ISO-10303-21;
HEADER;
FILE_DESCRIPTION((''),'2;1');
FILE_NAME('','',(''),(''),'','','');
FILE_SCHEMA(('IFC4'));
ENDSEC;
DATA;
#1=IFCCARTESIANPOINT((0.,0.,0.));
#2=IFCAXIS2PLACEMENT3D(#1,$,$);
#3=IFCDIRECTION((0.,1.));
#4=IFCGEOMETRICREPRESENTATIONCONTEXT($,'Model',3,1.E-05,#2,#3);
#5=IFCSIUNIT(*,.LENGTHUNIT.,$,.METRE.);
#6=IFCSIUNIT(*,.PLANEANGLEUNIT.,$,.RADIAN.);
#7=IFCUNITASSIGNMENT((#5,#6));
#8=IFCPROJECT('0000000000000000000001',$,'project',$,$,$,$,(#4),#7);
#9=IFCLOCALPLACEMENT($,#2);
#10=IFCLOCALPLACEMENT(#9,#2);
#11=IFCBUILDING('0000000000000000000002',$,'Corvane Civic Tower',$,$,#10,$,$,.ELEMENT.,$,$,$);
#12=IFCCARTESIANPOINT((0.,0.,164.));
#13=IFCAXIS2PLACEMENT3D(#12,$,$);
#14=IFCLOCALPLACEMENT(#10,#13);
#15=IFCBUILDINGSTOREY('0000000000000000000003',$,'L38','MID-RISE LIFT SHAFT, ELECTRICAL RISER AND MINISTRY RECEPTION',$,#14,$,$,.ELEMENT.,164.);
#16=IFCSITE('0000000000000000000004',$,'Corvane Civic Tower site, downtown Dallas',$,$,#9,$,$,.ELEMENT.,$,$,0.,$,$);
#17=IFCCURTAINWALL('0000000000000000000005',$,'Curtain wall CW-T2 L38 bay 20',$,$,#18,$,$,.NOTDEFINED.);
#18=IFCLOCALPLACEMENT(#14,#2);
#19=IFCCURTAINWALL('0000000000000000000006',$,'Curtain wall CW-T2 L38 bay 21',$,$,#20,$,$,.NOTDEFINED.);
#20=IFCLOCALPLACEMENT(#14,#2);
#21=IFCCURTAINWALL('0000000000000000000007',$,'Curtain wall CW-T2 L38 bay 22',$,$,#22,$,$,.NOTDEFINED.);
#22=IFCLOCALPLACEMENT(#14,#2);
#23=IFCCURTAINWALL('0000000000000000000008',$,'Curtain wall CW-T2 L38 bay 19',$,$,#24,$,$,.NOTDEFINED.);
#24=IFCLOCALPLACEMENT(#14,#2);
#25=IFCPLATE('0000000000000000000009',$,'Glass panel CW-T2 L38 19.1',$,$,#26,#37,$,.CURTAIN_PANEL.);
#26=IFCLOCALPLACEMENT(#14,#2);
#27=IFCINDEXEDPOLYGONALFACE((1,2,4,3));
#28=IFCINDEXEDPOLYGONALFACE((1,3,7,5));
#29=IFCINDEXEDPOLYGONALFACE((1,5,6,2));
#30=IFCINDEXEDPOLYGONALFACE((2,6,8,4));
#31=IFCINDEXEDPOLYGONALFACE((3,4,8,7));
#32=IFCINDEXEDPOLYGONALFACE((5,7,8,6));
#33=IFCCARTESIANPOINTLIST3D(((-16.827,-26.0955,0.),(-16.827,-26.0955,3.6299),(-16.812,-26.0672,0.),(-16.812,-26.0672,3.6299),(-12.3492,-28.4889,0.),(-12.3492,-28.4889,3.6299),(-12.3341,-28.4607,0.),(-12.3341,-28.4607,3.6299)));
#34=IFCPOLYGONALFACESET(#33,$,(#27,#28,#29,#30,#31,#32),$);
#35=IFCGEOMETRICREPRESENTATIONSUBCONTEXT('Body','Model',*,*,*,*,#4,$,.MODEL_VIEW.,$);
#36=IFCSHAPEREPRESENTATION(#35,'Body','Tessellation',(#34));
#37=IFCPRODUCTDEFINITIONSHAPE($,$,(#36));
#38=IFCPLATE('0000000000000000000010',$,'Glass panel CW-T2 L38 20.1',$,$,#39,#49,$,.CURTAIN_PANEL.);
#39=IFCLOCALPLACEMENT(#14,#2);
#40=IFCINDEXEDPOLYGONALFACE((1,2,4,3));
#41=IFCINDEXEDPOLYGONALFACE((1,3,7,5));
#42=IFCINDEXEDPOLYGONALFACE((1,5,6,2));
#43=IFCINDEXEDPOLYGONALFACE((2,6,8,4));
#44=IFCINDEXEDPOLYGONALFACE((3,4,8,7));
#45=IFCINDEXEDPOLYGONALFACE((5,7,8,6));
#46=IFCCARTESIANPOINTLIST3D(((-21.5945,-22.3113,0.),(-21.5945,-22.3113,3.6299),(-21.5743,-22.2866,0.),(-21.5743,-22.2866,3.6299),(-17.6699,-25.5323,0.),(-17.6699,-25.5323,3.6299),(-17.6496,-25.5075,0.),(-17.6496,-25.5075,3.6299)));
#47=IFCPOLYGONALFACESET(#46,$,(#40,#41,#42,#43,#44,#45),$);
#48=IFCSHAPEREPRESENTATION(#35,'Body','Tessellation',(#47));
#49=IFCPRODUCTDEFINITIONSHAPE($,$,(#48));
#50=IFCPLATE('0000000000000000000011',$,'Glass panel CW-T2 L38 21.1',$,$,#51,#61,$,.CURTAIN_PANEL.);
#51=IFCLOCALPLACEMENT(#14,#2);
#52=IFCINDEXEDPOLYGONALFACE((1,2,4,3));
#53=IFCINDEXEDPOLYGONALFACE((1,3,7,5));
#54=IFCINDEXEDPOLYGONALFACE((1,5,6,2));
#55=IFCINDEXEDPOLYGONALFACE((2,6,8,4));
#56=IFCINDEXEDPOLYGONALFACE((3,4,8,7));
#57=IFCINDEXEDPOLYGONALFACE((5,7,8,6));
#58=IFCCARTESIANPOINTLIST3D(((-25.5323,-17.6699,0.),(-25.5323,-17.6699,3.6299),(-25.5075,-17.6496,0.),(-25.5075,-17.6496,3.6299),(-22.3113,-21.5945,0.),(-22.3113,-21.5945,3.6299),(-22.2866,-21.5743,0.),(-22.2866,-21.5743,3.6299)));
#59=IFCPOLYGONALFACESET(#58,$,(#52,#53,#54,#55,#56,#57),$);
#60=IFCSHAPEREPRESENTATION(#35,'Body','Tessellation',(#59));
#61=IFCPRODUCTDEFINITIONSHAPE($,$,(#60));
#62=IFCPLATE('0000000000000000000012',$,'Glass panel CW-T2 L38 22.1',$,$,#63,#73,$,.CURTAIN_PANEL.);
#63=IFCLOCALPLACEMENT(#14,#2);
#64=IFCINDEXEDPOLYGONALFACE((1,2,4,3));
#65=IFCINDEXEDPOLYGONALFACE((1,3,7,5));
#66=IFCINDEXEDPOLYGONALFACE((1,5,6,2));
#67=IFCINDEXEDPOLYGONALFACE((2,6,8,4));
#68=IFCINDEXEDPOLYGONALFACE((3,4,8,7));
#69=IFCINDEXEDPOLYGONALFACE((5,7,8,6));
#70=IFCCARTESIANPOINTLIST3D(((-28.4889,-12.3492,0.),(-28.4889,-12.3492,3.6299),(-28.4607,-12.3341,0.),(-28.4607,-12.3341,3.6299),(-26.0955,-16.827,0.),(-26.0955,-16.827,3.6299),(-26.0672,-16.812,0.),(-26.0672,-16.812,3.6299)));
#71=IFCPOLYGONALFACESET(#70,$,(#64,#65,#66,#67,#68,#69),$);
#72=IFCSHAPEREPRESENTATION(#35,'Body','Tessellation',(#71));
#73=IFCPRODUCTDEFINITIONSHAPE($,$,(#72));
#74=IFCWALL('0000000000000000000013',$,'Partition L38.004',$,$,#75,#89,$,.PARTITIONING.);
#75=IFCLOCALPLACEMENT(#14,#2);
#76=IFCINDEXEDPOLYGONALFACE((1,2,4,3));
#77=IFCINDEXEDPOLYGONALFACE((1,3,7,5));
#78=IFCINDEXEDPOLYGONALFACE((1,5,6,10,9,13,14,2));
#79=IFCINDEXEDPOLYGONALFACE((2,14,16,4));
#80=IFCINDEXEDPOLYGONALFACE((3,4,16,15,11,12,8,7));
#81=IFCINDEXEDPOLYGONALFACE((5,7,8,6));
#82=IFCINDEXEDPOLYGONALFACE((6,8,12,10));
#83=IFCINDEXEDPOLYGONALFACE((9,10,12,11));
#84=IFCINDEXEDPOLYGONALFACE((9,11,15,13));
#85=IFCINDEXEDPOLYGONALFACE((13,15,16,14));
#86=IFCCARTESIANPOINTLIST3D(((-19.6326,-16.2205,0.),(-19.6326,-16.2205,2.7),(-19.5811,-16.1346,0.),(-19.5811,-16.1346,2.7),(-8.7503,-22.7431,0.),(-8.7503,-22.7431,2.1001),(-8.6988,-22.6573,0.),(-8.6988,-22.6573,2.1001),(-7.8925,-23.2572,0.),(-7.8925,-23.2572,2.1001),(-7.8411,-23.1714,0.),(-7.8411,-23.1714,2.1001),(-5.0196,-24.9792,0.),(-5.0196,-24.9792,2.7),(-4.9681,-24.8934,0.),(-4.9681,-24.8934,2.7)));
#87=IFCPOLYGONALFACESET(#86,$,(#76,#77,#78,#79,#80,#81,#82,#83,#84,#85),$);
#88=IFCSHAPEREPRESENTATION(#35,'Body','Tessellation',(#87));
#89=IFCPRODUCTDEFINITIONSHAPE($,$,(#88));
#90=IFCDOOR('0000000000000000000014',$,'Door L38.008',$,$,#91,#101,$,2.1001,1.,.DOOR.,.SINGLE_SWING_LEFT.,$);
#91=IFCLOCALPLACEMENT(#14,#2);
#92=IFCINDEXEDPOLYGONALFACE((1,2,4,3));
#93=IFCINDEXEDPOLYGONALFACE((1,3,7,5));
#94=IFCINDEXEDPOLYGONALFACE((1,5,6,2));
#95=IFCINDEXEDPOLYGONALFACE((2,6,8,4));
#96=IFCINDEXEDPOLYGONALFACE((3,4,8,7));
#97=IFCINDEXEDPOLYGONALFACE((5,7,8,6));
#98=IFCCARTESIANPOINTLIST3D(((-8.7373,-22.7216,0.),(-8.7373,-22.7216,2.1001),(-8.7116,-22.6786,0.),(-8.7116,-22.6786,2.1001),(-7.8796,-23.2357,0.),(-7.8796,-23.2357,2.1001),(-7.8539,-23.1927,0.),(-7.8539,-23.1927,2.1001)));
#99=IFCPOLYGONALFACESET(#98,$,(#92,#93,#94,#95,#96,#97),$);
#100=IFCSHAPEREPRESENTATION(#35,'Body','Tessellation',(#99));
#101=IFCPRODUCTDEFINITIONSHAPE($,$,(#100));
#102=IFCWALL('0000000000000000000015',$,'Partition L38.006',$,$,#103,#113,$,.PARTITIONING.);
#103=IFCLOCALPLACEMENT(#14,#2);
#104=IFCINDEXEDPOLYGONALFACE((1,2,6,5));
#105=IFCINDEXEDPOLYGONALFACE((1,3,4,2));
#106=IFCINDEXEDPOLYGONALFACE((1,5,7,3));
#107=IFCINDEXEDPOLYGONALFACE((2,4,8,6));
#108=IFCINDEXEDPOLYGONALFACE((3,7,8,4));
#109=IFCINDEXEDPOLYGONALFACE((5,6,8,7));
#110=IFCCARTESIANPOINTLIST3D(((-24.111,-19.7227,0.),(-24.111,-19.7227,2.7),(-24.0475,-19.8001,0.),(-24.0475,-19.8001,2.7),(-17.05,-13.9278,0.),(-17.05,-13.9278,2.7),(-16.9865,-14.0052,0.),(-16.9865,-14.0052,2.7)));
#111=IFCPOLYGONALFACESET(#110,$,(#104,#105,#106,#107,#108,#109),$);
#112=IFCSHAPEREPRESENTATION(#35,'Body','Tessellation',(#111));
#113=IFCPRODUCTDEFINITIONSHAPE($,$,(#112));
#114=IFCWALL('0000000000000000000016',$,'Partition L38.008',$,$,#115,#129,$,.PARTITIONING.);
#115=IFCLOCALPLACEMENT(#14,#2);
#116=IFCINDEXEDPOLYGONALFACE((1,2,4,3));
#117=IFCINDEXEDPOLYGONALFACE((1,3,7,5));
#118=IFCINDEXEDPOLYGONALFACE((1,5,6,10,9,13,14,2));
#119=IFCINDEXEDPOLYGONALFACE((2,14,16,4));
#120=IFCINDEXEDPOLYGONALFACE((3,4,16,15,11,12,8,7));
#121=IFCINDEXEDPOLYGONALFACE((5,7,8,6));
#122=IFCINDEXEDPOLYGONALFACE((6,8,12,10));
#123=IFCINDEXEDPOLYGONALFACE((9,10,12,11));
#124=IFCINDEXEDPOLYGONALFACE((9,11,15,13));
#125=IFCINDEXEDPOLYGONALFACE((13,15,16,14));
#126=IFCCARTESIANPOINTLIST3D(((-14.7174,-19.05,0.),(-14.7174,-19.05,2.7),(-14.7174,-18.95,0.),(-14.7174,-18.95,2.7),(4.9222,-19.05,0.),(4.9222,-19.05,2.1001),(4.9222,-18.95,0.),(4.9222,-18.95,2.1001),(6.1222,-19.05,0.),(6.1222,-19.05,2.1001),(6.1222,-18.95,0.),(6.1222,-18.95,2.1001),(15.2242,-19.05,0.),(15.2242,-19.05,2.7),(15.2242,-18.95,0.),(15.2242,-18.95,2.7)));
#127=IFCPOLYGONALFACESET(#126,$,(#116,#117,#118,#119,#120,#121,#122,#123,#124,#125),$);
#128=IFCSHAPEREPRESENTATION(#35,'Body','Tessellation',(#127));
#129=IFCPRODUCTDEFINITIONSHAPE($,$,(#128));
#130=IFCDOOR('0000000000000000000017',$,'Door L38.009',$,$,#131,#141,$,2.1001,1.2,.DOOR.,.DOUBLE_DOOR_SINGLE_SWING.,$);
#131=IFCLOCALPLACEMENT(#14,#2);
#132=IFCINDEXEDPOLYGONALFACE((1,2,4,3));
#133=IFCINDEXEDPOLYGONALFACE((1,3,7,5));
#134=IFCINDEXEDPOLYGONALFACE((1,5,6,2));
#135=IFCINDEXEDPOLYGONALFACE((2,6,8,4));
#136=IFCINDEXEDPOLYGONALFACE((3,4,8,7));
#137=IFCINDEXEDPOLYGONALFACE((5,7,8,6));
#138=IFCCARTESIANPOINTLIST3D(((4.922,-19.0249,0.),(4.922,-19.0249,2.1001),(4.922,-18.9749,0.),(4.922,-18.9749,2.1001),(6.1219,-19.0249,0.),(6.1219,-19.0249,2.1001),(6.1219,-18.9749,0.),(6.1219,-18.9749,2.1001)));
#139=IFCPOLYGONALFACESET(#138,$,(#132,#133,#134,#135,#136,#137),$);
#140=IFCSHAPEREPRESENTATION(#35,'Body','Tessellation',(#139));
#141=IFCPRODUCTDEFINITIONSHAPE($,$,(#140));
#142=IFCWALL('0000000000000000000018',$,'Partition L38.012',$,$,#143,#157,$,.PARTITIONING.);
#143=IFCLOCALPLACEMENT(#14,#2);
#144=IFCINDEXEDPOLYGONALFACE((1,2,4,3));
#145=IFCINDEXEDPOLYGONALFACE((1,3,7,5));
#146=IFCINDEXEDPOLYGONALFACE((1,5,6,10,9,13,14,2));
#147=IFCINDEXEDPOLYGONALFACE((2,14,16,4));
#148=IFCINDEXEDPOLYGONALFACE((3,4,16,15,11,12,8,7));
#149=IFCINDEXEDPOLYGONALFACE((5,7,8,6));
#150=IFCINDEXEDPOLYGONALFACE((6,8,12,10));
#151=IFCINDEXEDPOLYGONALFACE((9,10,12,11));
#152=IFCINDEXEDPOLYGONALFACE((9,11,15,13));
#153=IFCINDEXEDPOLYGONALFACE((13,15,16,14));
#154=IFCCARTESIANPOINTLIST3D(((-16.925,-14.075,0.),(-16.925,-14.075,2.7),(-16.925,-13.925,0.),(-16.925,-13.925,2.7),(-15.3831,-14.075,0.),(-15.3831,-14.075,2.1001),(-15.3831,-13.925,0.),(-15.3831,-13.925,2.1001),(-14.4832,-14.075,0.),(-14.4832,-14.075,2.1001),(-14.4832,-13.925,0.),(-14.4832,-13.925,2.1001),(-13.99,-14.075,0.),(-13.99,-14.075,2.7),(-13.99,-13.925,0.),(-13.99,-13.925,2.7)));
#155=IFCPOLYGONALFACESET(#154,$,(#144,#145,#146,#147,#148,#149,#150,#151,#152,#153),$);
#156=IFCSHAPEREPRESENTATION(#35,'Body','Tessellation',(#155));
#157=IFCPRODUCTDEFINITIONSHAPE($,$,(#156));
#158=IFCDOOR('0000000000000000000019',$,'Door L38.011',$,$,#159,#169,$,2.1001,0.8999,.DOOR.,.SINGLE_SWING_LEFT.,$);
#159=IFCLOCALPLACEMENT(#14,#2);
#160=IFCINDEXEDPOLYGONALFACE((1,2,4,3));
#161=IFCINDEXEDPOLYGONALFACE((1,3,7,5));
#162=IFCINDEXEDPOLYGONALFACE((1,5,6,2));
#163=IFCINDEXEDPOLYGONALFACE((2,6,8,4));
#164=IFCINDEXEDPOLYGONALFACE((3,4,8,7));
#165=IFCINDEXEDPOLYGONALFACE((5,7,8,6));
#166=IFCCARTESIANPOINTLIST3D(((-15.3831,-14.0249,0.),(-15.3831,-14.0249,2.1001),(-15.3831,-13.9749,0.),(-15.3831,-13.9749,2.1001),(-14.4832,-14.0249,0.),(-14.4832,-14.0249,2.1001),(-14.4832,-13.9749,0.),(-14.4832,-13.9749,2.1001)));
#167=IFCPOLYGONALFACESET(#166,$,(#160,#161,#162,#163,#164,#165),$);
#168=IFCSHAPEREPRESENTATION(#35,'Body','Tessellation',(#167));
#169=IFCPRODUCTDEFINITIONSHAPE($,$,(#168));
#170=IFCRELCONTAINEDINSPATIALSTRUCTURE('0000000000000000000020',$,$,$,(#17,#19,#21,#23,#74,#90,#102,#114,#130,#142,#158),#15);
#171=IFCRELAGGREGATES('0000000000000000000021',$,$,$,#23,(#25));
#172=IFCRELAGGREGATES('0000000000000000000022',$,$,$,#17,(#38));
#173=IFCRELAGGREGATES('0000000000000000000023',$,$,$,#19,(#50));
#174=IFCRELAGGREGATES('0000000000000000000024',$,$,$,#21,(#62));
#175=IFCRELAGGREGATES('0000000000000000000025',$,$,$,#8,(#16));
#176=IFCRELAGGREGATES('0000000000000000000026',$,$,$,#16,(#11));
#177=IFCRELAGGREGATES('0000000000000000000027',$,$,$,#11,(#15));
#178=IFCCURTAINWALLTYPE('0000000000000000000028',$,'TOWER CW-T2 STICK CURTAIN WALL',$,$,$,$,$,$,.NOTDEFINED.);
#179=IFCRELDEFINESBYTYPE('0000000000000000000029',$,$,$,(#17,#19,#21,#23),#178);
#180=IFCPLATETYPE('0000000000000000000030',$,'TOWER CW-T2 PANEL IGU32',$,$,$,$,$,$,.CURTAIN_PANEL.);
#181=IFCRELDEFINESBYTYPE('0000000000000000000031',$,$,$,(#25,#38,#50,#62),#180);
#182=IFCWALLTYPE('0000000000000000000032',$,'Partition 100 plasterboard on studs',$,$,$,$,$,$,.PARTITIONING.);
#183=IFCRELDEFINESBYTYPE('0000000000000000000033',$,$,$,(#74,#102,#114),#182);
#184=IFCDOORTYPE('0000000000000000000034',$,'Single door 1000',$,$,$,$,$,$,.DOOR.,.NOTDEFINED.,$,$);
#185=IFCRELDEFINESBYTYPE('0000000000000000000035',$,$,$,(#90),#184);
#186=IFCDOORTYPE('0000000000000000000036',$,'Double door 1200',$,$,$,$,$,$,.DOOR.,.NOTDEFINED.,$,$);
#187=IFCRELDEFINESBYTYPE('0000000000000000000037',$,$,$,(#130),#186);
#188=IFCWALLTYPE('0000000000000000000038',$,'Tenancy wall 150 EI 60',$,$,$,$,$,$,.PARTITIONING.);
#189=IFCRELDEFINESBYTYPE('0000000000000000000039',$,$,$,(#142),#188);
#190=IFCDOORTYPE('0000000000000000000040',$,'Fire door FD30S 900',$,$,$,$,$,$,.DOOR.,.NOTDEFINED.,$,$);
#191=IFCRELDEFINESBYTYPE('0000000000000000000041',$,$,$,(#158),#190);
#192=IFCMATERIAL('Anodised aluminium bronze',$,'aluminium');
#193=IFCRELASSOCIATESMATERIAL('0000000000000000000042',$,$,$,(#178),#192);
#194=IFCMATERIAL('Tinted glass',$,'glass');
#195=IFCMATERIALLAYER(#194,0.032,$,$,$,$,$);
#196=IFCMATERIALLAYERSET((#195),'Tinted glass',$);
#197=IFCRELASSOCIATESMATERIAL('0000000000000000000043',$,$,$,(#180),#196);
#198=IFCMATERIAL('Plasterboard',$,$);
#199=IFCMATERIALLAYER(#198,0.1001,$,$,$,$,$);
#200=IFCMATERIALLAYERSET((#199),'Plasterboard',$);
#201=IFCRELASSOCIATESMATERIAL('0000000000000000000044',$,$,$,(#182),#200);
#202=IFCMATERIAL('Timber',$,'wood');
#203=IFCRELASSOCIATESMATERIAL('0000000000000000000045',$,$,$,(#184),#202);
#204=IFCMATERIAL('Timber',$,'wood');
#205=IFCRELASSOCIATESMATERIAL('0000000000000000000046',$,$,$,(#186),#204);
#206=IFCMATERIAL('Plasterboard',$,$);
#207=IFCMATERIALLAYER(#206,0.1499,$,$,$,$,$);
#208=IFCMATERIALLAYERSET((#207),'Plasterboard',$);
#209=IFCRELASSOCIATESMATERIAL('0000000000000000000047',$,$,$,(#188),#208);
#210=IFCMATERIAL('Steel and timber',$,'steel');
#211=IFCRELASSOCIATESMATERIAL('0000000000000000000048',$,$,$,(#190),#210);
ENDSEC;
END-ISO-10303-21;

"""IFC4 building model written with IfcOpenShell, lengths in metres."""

from ifc_helpers import new_model, si_unit, direction, frame, frame_2d, origin, origin_2d, place, context, subcontext, project, spatial, rectangle, extrude, material, layer, layer_set, type_object, element, fill, aggregate, save


model = new_model("IFC4")

# Units and contexts
model_context = context("Model", 3, precision=1e-05, world=origin(), true_north=direction((0.0, 1.0)))
body_context = subcontext(model_context, "Body", "Model", "MODEL_VIEW")
ifc_project = project(units=[si_unit("LENGTHUNIT", "METRE"), si_unit("PLANEANGLEUNIT", "RADIAN")], contexts=[model_context])

# Site, building, storey
site_placement = place(None, origin())
site = spatial("IfcSite", under=ifc_project, at=site_placement, Name="Corvane Civic Tower site, downtown Dallas", CompositionType="ELEMENT", RefElevation=0.0)
building_placement = place(site_placement, origin())
building = spatial("IfcBuilding", under=site, at=building_placement, Name="Corvane Civic Tower", CompositionType="ELEMENT")
storey_placement = place(building_placement, frame((0.0, 0.0, 164.0)))
storey = spatial("IfcBuildingStorey", under=building, at=storey_placement, Name="L38", Description="MID-RISE LIFT SHAFT, ELECTRICAL RISER AND MINISTRY RECEPTION", CompositionType="ELEMENT", Elevation=164.0)

# Curtain walls
ifc_material_1 = material(Name="Anodised aluminium bronze", Category="aluminium")
curtain_wall_type = type_object("IfcCurtainWallType", Name="TOWER CW-T2 STICK CURTAIN WALL", PredefinedType="NOTDEFINED", material=ifc_material_1)
curtain_wall_1_placement = place(storey_placement, origin())
curtain_wall_1 = element("IfcCurtainWall", 1, at=curtain_wall_1_placement, inside=storey, type_object=curtain_wall_type, Name="Curtain wall CW-T2 L38 bay 20", PredefinedType="NOTDEFINED")
curtain_wall_2_placement = place(storey_placement, origin())
curtain_wall_2 = element("IfcCurtainWall", 2, at=curtain_wall_2_placement, inside=storey, type_object=curtain_wall_type, Name="Curtain wall CW-T2 L38 bay 21", PredefinedType="NOTDEFINED")
curtain_wall_3_placement = place(storey_placement, origin())
curtain_wall_3 = element("IfcCurtainWall", 3, at=curtain_wall_3_placement, inside=storey, type_object=curtain_wall_type, Name="Curtain wall CW-T2 L38 bay 22", PredefinedType="NOTDEFINED")

# Curtain wall, plate
curtain_wall_4_placement = place(storey_placement, origin())
curtain_wall_4 = element("IfcCurtainWall", 4, at=curtain_wall_4_placement, inside=storey, type_object=curtain_wall_type, Name="Curtain wall CW-T2 L38 bay 19", PredefinedType="NOTDEFINED")
ifc_material_2 = material(Name="Tinted glass", Category="glass")
ifc_layer_1 = layer(ifc_material_2, 0.032)
ifc_layer_set_1 = layer_set([ifc_layer_1], Name="Tinted glass")
plate_type = type_object("IfcPlateType", Name="TOWER CW-T2 PANEL IGU32", PredefinedType="CURTAIN_PANEL", material=ifc_layer_set_1)
plate_1_placement = place(storey_placement, frame((-14.5806, -27.2781, 0.0), z_axis=(0.0, 0.0, 1.0), x_axis=(-0.881922, 0.471395, 0.0)))
plate_1 = element("IfcPlate", 5, at=plate_1_placement, type_object=plate_type, Name="Glass panel CW-T2 L38 19.1", PredefinedType="CURTAIN_PANEL", context=body_context, shape_type="SweptSolid", body=[
    extrude(rectangle(XDim=5.0774, YDim=0.032, at=origin_2d()), origin(), (0.0, 0.0, 1.0), 3.6299),
])
aggregate(curtain_wall_4, [plate_1])

# Plates
plate_2_placement = place(storey_placement, frame((-19.6221, -23.9094, 0.0), z_axis=(0.0, 0.0, 1.0), x_axis=(-0.773005, 0.6344, 0.0)))
plate_2 = element("IfcPlate", 6, at=plate_2_placement, type_object=plate_type, Name="Glass panel CW-T2 L38 20.1", PredefinedType="CURTAIN_PANEL", context=body_context, shape_type="SweptSolid", body=[
    extrude(rectangle(XDim=5.0771, YDim=0.032, at=origin_2d()), origin(), (0.0, 0.0, 1.0), 3.6299),
])
aggregate(curtain_wall_1, [plate_2])
plate_3_placement = place(storey_placement, frame((-23.9094, -19.6221, 0.0), z_axis=(0.0, 0.0, 1.0), x_axis=(-0.6344, 0.773005, 0.0)))
plate_3 = element("IfcPlate", 7, at=plate_3_placement, type_object=plate_type, Name="Glass panel CW-T2 L38 21.1", PredefinedType="CURTAIN_PANEL", context=body_context, shape_type="SweptSolid", body=[
    extrude(rectangle(XDim=5.0771, YDim=0.032, at=origin_2d()), origin(), (0.0, 0.0, 1.0), 3.6299),
])
aggregate(curtain_wall_2, [plate_3])
plate_4_placement = place(storey_placement, frame((-27.2781, -14.5806, 0.0), z_axis=(0.0, 0.0, 1.0), x_axis=(-0.471395, 0.881922, 0.0)))
plate_4 = element("IfcPlate", 8, at=plate_4_placement, type_object=plate_type, Name="Glass panel CW-T2 L38 22.1", PredefinedType="CURTAIN_PANEL", context=body_context, shape_type="SweptSolid", body=[
    extrude(rectangle(XDim=5.0774, YDim=0.032, at=origin_2d()), origin(), (0.0, 0.0, 1.0), 3.6299),
])
aggregate(curtain_wall_3, [plate_4])

# Wall, opening, door
ifc_material_3 = material(Name="Plasterboard")
ifc_layer_2 = layer(ifc_material_3, 0.1001)
ifc_layer_set_2 = layer_set([ifc_layer_2], Name="Plasterboard")
wall_type_1 = type_object("IfcWallType", Name="Partition 100 plasterboard on studs", PredefinedType="PARTITIONING", material=ifc_layer_set_2)
wall_1_placement = place(storey_placement, frame((-19.6069, -16.1775, 0.0), z_axis=(0.0, 0.0, 1.0), x_axis=(0.857727, -0.514106, 0.0)))
wall_1 = element("IfcWall", 9, at=wall_1_placement, inside=storey, type_object=wall_type_1, Name="Partition L38.004", PredefinedType="PARTITIONING", context=body_context, shape_type="SweptSolid", body=[
    extrude(rectangle(XDim=17.0369, YDim=0.1001, at=frame_2d((8.5186, 0.0))), origin(), (0.0, 0.0, 1.0), 2.7),
])
opening_1_placement = place(wall_1_placement, frame((12.6875, 0.0, 0.0)))
opening_1 = element("IfcOpeningElement", 10, at=opening_1_placement, cuts=wall_1, PredefinedType="OPENING", context=body_context, shape_type="SweptSolid", body=[
    extrude(rectangle(XDim=1.0, YDim=2.1001, at=frame_2d((0.5, 1.05))), frame((0.0, 0.0601, 0.0), z_axis=(0.0, -1.0, 0.0), x_axis=(1.0, 0.0, 0.0)), (0.0, 0.0, 1.0), 0.1201),
])
ifc_material_4 = material(Name="Timber", Category="wood")
door_type_1 = type_object("IfcDoorType", Name="Single door 1000", OperationType="NOTDEFINED", PredefinedType="DOOR", material=ifc_material_4)
door_1_placement = place(opening_1_placement, frame((1.0, 0.0, 0.0), z_axis=(0.0, 0.0, 1.0), x_axis=(-1.0, 0.0, 0.0)))
door_1 = element("IfcDoor", 11, at=door_1_placement, inside=storey, type_object=door_type_1, Name="Door L38.008", OperationType="SINGLE_SWING_LEFT", OverallHeight=2.1001, OverallWidth=1.0, PredefinedType="DOOR", context=body_context, shape_type="SweptSolid", body=[
    extrude(rectangle(XDim=1.0, YDim=2.1001, at=frame_2d((0.5, 1.05))), frame((0.0, 0.0249, 0.0), z_axis=(0.0, -1.0, 0.0), x_axis=(1.0, 0.0, 0.0)), (0.0, 0.0, 1.0), 0.05),
])
fill(opening_1, door_1)

# Wall
wall_2_placement = place(storey_placement, frame((-24.0793, -19.7615, 0.0), z_axis=(0.0, 0.0, 1.0), x_axis=(0.773006, 0.634399, 0.0)))
element("IfcWall", 12, at=wall_2_placement, inside=storey, type_object=wall_type_1, Name="Partition L38.006", PredefinedType="PARTITIONING", context=body_context, shape_type="SweptSolid", body=[
    extrude(rectangle(XDim=9.1345, YDim=0.1001, at=frame_2d((4.5674, 0.0))), origin(), (0.0, 0.0, 1.0), 2.7),
])

# Walls, openings, doors
wall_3_placement = place(storey_placement, frame((-14.7173, -19.0, 0.0), z_axis=(0.0, 0.0, 1.0), x_axis=(1.0, 0.0, 0.0)))
wall_3 = element("IfcWall", 13, at=wall_3_placement, inside=storey, type_object=wall_type_1, Name="Partition L38.008", PredefinedType="PARTITIONING", context=body_context, shape_type="SweptSolid", body=[
    extrude(rectangle(XDim=29.9417, YDim=0.1001, at=frame_2d((14.9707, 0.0))), origin(), (0.0, 0.0, 1.0), 2.7),
])
opening_2_placement = place(wall_3_placement, frame((19.6394, 0.0, 0.0)))
opening_2 = element("IfcOpeningElement", 14, at=opening_2_placement, cuts=wall_3, PredefinedType="OPENING", context=body_context, shape_type="SweptSolid", body=[
    extrude(rectangle(XDim=1.2, YDim=2.1001, at=frame_2d((0.6001, 1.05))), frame((0.0, 0.0601, 0.0), z_axis=(0.0, -1.0, 0.0), x_axis=(1.0, 0.0, 0.0)), (0.0, 0.0, 1.0), 0.1201),
])
ifc_material_5 = material(Name="Timber", Category="wood")
door_type_2 = type_object("IfcDoorType", Name="Double door 1200", OperationType="NOTDEFINED", PredefinedType="DOOR", material=ifc_material_5)
door_2_placement = place(opening_2_placement, frame((1.2, 0.0, 0.0), z_axis=(0.0, 0.0, 1.0), x_axis=(-1.0, 0.0, 0.0)))
door_2 = element("IfcDoor", 15, at=door_2_placement, inside=storey, type_object=door_type_2, Name="Door L38.009", OperationType="DOUBLE_DOOR_SINGLE_SWING", OverallHeight=2.1001, OverallWidth=1.2, PredefinedType="DOOR", context=body_context, shape_type="SweptSolid", body=[
    extrude(rectangle(XDim=1.2, YDim=2.1001, at=frame_2d((0.6001, 1.05))), frame((0.0, 0.0249, 0.0), z_axis=(0.0, -1.0, 0.0), x_axis=(1.0, 0.0, 0.0)), (0.0, 0.0, 1.0), 0.05),
])
fill(opening_2, door_2)
ifc_material_6 = material(Name="Plasterboard")
ifc_layer_3 = layer(ifc_material_6, 0.1499)
ifc_layer_set_3 = layer_set([ifc_layer_3], Name="Plasterboard")
wall_type_2 = type_object("IfcWallType", Name="Tenancy wall 150 EI 60", PredefinedType="PARTITIONING", material=ifc_layer_set_3)
wall_4_placement = place(storey_placement, frame((-16.925, -14.0, 0.0), z_axis=(0.0, 0.0, 1.0), x_axis=(1.0, 0.0, 0.0)))
wall_4 = element("IfcWall", 16, at=wall_4_placement, inside=storey, type_object=wall_type_2, Name="Partition L38.012", PredefinedType="PARTITIONING", context=body_context, shape_type="SweptSolid", body=[
    extrude(rectangle(XDim=2.9351, YDim=0.1499, at=frame_2d((1.4675, 0.0))), origin(), (0.0, 0.0, 1.0), 2.7),
])
opening_3_placement = place(wall_4_placement, frame((1.542, 0.0, 0.0)))
opening_3 = element("IfcOpeningElement", 17, at=opening_3_placement, cuts=wall_4, PredefinedType="OPENING", context=body_context, shape_type="SweptSolid", body=[
    extrude(rectangle(XDim=0.8999, YDim=2.1001, at=frame_2d((0.45, 1.05))), frame((0.0, 0.085, 0.0), z_axis=(0.0, -1.0, 0.0), x_axis=(1.0, 0.0, 0.0)), (0.0, 0.0, 1.0), 0.1699),
])
ifc_material_7 = material(Name="Steel and timber", Category="steel")
door_type_3 = type_object("IfcDoorType", Name="Fire door FD30S 900", OperationType="NOTDEFINED", PredefinedType="DOOR", material=ifc_material_7)
door_3_placement = place(opening_3_placement, frame((0.8999, 0.0, 0.0), z_axis=(0.0, 0.0, 1.0), x_axis=(-1.0, 0.0, 0.0)))
door_3 = element("IfcDoor", 18, at=door_3_placement, inside=storey, type_object=door_type_3, Name="Door L38.011", OperationType="SINGLE_SWING_LEFT", OverallHeight=2.1001, OverallWidth=0.8999, PredefinedType="DOOR", context=body_context, shape_type="SweptSolid", body=[
    extrude(rectangle(XDim=0.8999, YDim=2.1001, at=frame_2d((0.45, 1.05))), frame((0.0, 0.0249, 0.0), z_axis=(0.0, -1.0, 0.0), x_axis=(1.0, 0.0, 0.0)), (0.0, 0.0, 1.0), 0.05),
])
fill(opening_3, door_3)

save(model, "model.ifc")
